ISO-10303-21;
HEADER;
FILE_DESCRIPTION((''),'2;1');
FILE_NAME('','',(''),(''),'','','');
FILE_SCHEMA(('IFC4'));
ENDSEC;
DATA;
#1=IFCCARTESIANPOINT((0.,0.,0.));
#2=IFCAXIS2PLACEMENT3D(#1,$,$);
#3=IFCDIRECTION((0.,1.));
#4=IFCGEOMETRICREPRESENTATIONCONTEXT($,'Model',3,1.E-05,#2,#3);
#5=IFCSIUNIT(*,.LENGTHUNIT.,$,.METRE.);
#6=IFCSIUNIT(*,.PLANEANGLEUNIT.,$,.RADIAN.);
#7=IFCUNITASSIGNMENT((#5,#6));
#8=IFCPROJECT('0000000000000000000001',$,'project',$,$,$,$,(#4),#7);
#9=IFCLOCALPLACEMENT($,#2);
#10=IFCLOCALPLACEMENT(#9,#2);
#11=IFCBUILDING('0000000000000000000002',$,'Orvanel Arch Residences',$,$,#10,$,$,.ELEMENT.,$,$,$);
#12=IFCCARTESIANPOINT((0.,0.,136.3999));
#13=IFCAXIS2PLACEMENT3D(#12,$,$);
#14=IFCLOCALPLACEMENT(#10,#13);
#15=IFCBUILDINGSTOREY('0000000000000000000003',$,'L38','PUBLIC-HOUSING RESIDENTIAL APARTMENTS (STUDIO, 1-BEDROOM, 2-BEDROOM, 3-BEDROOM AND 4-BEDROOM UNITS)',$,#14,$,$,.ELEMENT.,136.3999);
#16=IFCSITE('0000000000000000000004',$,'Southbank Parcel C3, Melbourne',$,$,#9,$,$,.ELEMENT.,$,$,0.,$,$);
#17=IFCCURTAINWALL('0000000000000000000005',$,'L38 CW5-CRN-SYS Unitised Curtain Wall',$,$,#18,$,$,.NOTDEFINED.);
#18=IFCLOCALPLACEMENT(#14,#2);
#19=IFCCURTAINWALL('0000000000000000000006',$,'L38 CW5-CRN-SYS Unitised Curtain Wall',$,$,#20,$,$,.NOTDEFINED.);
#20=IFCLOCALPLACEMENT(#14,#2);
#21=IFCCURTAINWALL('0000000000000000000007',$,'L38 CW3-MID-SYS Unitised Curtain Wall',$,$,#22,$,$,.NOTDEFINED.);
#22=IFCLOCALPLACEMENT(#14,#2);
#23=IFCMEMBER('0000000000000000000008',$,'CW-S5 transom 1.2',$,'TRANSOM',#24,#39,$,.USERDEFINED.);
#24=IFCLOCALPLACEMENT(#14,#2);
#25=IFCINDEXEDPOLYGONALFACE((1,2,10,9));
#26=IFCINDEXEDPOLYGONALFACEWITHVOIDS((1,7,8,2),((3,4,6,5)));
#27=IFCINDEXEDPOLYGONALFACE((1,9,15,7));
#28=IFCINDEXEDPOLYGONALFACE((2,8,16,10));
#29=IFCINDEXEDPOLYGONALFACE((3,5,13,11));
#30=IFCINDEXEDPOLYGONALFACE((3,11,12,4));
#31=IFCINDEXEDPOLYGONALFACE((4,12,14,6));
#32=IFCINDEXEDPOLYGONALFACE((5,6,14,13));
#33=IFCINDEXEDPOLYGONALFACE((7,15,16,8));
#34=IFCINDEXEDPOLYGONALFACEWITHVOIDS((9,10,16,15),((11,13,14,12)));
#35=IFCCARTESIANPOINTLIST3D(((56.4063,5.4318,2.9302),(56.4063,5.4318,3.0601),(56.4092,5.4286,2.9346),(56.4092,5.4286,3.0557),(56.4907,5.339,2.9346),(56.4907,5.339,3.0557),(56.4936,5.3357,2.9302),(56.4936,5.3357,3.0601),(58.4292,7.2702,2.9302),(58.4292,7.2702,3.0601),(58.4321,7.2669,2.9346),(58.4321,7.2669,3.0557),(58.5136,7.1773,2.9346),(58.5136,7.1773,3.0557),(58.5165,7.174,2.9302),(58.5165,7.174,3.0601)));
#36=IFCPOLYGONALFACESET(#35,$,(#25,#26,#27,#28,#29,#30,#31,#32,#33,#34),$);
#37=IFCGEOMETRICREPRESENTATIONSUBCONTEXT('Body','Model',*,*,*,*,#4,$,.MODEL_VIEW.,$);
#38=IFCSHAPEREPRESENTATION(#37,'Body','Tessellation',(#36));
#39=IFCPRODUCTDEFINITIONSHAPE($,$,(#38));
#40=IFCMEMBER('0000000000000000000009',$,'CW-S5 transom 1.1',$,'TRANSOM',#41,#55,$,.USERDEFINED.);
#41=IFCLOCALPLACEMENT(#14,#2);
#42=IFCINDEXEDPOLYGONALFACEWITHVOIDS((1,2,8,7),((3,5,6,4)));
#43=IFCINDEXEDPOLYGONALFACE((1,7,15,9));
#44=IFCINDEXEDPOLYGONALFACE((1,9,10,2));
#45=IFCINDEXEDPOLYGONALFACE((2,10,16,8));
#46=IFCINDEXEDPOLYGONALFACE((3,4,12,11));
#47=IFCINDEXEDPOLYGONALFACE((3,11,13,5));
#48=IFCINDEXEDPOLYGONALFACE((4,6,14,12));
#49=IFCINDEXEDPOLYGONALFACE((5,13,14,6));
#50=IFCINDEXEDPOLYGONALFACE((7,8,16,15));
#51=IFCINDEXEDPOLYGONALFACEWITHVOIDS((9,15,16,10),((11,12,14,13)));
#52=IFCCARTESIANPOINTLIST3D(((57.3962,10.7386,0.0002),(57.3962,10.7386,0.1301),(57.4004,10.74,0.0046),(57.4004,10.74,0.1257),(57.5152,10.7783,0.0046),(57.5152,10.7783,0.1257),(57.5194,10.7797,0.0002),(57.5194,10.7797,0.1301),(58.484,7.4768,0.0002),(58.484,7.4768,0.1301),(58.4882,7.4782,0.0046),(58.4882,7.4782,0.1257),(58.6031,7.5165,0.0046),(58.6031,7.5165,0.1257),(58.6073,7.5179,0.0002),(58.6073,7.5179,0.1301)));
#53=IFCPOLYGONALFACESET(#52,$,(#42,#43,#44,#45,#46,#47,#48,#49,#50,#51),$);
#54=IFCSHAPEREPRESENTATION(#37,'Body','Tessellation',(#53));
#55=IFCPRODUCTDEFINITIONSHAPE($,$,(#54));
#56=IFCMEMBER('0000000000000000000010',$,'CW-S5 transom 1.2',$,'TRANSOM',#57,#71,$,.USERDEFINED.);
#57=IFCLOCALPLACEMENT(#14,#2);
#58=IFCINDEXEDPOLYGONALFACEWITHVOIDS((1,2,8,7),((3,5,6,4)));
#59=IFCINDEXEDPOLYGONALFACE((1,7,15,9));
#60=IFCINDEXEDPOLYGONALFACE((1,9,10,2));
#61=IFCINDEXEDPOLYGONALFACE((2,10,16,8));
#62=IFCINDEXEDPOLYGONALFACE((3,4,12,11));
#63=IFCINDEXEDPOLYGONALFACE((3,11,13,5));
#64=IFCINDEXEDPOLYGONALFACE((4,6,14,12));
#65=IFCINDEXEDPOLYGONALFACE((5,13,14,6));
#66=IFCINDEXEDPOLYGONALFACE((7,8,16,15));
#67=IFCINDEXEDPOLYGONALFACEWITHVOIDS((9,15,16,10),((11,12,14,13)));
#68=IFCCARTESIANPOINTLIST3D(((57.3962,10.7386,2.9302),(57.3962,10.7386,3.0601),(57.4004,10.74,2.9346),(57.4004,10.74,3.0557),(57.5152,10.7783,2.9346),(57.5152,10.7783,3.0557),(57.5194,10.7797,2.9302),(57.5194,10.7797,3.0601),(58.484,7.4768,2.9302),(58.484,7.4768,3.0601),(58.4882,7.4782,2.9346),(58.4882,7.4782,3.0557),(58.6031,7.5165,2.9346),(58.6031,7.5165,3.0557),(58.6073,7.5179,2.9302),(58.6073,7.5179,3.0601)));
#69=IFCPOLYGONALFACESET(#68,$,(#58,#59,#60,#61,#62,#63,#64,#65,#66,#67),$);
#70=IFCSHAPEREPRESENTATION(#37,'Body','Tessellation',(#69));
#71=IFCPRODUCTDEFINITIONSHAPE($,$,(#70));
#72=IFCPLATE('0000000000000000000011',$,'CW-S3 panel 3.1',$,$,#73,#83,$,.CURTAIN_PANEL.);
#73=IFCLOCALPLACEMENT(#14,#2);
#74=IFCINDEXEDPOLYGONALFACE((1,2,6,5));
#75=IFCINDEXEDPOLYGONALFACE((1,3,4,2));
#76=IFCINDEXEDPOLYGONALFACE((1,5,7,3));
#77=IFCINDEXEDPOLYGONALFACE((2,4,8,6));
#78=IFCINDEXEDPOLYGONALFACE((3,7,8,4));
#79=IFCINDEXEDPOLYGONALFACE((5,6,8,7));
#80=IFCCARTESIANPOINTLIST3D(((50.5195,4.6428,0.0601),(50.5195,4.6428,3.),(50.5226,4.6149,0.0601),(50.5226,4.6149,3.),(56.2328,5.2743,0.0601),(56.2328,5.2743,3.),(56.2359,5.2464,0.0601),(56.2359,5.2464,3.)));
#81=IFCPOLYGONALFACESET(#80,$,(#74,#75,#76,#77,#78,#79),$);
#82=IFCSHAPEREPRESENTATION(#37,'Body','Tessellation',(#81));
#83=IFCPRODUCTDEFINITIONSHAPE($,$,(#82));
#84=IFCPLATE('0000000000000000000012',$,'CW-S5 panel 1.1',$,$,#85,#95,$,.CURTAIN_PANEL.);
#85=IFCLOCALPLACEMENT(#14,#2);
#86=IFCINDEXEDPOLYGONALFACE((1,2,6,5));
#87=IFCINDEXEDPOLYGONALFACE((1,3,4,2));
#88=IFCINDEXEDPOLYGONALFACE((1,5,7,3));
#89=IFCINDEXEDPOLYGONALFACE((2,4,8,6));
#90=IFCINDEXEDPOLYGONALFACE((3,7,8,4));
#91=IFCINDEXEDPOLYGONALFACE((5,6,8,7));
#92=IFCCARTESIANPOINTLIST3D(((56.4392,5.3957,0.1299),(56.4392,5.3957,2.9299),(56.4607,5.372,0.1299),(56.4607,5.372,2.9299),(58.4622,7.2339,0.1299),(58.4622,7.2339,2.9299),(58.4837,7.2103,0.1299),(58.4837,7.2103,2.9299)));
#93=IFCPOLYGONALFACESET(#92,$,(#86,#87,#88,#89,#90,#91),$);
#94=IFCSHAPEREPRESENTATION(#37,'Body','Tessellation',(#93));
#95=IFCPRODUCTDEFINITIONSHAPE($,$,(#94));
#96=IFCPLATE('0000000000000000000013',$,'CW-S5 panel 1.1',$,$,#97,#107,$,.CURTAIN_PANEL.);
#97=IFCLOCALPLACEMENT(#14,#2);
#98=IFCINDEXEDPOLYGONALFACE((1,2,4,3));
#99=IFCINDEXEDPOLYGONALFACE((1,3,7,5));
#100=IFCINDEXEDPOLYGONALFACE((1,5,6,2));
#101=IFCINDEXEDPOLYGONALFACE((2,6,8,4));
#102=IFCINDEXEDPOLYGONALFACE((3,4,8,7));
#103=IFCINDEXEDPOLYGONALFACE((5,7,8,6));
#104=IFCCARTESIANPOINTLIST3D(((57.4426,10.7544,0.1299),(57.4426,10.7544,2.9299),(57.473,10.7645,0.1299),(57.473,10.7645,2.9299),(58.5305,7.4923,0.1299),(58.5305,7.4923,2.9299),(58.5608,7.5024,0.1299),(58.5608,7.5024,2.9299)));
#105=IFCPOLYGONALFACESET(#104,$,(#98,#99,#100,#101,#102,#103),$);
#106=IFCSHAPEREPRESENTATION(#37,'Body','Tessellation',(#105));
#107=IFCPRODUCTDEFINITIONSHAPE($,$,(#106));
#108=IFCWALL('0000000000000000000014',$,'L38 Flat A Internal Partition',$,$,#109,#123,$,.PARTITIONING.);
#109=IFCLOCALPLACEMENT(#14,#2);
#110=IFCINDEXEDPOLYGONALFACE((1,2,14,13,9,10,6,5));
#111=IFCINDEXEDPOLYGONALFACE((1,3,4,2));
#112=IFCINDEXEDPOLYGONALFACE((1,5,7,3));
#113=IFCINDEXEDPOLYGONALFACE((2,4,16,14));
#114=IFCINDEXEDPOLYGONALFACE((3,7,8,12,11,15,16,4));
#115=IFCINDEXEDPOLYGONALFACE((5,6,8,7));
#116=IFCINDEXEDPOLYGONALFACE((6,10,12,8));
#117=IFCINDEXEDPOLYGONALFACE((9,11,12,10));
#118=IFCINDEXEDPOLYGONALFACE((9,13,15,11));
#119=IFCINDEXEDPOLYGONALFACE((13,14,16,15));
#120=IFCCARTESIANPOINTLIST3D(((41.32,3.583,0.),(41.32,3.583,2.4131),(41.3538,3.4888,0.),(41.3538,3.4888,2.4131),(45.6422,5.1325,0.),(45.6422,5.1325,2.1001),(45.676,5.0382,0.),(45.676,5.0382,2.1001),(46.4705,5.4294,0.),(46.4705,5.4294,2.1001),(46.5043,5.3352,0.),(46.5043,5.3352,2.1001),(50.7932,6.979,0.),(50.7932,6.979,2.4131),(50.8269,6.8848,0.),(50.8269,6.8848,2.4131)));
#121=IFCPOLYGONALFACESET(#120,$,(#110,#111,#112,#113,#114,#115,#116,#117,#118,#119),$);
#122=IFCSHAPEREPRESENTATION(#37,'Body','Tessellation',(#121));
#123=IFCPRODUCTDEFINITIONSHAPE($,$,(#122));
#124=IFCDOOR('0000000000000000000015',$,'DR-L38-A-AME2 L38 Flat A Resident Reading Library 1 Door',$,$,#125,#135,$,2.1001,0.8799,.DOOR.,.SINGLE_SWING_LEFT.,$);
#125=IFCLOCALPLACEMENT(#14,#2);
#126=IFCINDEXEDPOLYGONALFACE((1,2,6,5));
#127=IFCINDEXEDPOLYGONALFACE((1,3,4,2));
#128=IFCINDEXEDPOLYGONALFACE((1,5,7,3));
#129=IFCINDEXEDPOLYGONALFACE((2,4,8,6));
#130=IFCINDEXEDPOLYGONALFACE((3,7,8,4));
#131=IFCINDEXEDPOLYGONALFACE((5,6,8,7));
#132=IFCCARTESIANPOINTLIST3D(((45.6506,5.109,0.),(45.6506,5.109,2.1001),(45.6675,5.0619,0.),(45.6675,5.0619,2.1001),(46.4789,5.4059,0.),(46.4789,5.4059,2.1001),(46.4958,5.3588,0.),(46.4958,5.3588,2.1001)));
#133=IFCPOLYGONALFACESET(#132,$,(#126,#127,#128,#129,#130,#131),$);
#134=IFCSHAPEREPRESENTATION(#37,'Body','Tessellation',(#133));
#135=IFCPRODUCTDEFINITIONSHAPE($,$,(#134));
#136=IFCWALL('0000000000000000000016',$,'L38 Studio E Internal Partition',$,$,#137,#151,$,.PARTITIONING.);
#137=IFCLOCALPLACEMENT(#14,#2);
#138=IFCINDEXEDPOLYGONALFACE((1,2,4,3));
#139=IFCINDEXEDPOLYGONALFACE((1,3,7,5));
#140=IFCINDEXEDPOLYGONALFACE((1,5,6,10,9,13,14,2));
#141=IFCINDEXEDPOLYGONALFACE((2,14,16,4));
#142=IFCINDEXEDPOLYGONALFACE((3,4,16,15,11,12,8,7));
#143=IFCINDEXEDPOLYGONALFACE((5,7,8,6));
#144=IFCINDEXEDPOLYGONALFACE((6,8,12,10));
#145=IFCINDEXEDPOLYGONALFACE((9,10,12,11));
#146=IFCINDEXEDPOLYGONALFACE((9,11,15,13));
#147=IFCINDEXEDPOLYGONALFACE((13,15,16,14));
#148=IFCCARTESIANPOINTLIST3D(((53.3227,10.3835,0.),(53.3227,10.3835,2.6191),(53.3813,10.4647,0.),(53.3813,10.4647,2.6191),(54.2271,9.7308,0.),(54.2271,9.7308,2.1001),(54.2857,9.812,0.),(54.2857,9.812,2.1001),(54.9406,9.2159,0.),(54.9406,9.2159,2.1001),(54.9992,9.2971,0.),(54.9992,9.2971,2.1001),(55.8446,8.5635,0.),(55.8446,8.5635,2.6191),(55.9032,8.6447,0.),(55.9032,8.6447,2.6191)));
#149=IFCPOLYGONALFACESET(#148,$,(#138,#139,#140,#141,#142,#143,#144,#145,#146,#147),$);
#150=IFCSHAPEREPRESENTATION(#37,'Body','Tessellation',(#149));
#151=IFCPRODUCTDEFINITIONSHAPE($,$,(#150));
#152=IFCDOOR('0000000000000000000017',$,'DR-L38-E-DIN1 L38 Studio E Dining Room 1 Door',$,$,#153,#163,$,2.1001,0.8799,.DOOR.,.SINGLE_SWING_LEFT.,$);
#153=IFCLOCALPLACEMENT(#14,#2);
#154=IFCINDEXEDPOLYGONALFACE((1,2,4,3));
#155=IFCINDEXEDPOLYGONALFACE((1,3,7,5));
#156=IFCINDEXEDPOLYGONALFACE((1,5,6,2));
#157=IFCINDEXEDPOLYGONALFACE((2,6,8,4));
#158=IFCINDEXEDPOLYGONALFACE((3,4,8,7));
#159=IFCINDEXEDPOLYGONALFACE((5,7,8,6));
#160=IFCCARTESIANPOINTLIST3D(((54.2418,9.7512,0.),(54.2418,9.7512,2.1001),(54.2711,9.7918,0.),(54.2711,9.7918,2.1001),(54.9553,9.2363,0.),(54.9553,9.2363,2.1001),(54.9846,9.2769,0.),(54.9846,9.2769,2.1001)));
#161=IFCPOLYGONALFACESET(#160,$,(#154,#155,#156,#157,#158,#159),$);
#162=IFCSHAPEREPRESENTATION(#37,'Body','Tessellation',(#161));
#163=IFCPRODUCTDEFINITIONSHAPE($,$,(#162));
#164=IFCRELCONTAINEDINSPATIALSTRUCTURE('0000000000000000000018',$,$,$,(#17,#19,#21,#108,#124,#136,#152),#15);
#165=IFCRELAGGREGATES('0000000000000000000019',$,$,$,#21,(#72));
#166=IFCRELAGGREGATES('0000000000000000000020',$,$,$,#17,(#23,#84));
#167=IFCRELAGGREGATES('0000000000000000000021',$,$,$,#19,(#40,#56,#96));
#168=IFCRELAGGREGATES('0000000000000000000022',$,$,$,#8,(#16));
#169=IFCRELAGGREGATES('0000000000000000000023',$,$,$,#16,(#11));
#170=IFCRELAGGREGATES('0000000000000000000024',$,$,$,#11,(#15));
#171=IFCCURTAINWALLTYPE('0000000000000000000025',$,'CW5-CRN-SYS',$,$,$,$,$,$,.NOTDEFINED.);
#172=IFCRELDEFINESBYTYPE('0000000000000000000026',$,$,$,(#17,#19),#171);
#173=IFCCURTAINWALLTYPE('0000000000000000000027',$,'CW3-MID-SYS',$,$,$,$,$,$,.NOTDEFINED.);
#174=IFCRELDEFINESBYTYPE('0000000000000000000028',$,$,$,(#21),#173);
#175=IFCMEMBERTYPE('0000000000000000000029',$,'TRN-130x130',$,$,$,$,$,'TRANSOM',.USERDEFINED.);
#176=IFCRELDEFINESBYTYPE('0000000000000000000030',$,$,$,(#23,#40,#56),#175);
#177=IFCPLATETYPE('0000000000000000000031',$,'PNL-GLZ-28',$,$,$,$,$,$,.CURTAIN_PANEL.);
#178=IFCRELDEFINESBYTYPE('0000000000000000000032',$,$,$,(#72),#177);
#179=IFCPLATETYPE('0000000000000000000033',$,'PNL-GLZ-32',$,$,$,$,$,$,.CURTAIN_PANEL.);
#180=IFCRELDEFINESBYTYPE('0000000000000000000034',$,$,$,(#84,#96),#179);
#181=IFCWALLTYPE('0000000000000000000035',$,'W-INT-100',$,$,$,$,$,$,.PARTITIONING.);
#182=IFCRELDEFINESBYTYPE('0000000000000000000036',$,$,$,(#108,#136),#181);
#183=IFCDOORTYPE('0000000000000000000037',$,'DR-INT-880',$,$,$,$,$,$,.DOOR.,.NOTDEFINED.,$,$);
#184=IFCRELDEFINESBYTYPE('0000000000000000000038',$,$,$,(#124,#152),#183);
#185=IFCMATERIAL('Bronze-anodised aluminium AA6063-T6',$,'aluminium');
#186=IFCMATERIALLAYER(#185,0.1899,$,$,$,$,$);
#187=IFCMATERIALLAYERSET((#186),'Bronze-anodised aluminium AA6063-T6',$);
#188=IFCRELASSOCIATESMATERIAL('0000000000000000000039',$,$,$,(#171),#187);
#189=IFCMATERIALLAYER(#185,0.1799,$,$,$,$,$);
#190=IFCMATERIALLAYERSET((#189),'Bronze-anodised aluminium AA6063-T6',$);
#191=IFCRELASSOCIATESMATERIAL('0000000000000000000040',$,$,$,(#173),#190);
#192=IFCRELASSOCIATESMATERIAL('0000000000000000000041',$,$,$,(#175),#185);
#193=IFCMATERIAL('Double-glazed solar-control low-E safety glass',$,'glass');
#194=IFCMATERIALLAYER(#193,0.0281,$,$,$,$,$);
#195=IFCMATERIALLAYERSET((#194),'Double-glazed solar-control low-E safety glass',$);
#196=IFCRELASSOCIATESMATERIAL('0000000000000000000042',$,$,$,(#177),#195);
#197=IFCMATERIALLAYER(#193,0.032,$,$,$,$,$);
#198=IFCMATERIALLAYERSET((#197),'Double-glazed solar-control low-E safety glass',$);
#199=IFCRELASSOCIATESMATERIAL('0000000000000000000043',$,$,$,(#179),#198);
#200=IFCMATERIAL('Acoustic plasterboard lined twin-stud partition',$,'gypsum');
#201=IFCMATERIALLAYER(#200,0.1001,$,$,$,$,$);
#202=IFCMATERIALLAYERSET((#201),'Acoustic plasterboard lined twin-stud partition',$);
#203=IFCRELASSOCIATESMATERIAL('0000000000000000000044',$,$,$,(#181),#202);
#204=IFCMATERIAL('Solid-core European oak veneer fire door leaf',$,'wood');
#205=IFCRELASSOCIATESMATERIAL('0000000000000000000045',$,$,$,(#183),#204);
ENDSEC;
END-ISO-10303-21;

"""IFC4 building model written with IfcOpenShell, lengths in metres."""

from ifc_helpers import new_model, si_unit, direction, frame, frame_2d, origin, origin_2d, place, context, subcontext, project, spatial, rectangle, hollow_rectangle, extrude, material, layer, layer_set, material_profile, profile_set, type_object, element, fill, aggregate, save


model = new_model("IFC4")

# Units and contexts
model_context = context("Model", 3, precision=1e-05, world=origin(), true_north=direction((0.0, 1.0)))
body_context = subcontext(model_context, "Body", "Model", "MODEL_VIEW")
ifc_project = project(units=[si_unit("LENGTHUNIT", "METRE"), si_unit("PLANEANGLEUNIT", "RADIAN")], contexts=[model_context])

# Site, building, storey
site_placement = place(None, origin())
site = spatial("IfcSite", under=ifc_project, at=site_placement, Name="Southbank Parcel C3, Melbourne", CompositionType="ELEMENT", RefElevation=0.0)
building_placement = place(site_placement, origin())
building = spatial("IfcBuilding", under=site, at=building_placement, Name="Orvanel Arch Residences", CompositionType="ELEMENT")
storey_placement = place(building_placement, frame((0.0, 0.0, 136.3999)))
storey = spatial("IfcBuildingStorey", under=building, at=storey_placement, Name="L38", Description="PUBLIC-HOUSING RESIDENTIAL APARTMENTS (STUDIO, 1-BEDROOM, 2-BEDROOM, 3-BEDROOM AND 4-BEDROOM UNITS)", CompositionType="ELEMENT", Elevation=136.3999)

# Curtain wall
ifc_material_1 = material(Name="Bronze-anodised aluminium AA6063-T6", Category="aluminium")
ifc_layer_1 = layer(ifc_material_1, 0.1899)
ifc_layer_set_1 = layer_set([ifc_layer_1], Name="Bronze-anodised aluminium AA6063-T6")
curtain_wall_type_1 = type_object("IfcCurtainWallType", Name="CW5-CRN-SYS", PredefinedType="NOTDEFINED", material=ifc_layer_set_1)
curtain_wall_1_placement = place(storey_placement, origin())
curtain_wall_1 = element("IfcCurtainWall", 1, at=curtain_wall_1_placement, inside=storey, type_object=curtain_wall_type_1, Name="L38 CW5-CRN-SYS Unitised Curtain Wall", PredefinedType="NOTDEFINED")

# Curtain walls
curtain_wall_2_placement = place(storey_placement, origin())
curtain_wall_2 = element("IfcCurtainWall", 2, at=curtain_wall_2_placement, inside=storey, type_object=curtain_wall_type_1, Name="L38 CW5-CRN-SYS Unitised Curtain Wall", PredefinedType="NOTDEFINED")
ifc_layer_2 = layer(ifc_material_1, 0.1799)
ifc_layer_set_2 = layer_set([ifc_layer_2], Name="Bronze-anodised aluminium AA6063-T6")
curtain_wall_type_2 = type_object("IfcCurtainWallType", Name="CW3-MID-SYS", PredefinedType="NOTDEFINED", material=ifc_layer_set_2)
curtain_wall_3_placement = place(storey_placement, origin())
curtain_wall_3 = element("IfcCurtainWall", 3, at=curtain_wall_3_placement, inside=storey, type_object=curtain_wall_type_2, Name="L38 CW3-MID-SYS Unitised Curtain Wall", PredefinedType="NOTDEFINED")

# Members
ifc_material_profile_1 = material_profile(ifc_material_1, hollow_rectangle(XDim=0.1299, YDim=0.1299, WallThickness=0.0044, at=origin_2d()), Name="ALU130x130x4.5")
ifc_profile_set_1 = profile_set([ifc_material_profile_1], Name="Bronze-anodised aluminium AA6063-T6")
member_type_1 = type_object("IfcMemberType", Name="TRN-130x130", ElementType="TRANSOM", PredefinedType="USERDEFINED", material=ifc_profile_set_1)
member_1_placement = place(storey_placement, frame((56.45, 5.3838, 2.9951), z_axis=(0.740061, 0.672539, 0.0), x_axis=(-0.672539, 0.740061, 0.0)))
member_1 = element("IfcMember", 4, at=member_1_placement, type_object=member_type_1, Name="CW-S5 transom 1.2", ObjectType="TRANSOM", PredefinedType="USERDEFINED", context=body_context, shape_type="SweptSolid", body=[
    extrude(hollow_rectangle(XDim=0.1299, YDim=0.1299, WallThickness=0.0044, at=origin_2d()), origin(), (0.0, 0.0, 1.0), 2.7334),
])
member_2_placement = place(storey_placement, frame((58.5457, 7.4973, 0.0652), z_axis=(-0.316377, 0.948634, 0.0), x_axis=(-0.948634, -0.316377, 0.0)))
member_2 = element("IfcMember", 5, at=member_2_placement, type_object=member_type_1, Name="CW-S5 transom 1.1", ObjectType="TRANSOM", PredefinedType="USERDEFINED", context=body_context, shape_type="SweptSolid", body=[
    extrude(hollow_rectangle(XDim=0.1299, YDim=0.1299, WallThickness=0.0044, at=origin_2d()), origin(), (0.0, 0.0, 1.0), 3.4385),
])
member_3_placement = place(storey_placement, frame((58.5457, 7.4973, 2.9951), z_axis=(-0.316377, 0.948634, 0.0), x_axis=(-0.948634, -0.316377, 0.0)))
member_3 = element("IfcMember", 6, at=member_3_placement, type_object=member_type_1, Name="CW-S5 transom 1.2", ObjectType="TRANSOM", PredefinedType="USERDEFINED", context=body_context, shape_type="SweptSolid", body=[
    extrude(hollow_rectangle(XDim=0.1299, YDim=0.1299, WallThickness=0.0044, at=origin_2d()), origin(), (0.0, 0.0, 1.0), 3.4385),
])

# Plates
ifc_material_2 = material(Name="Double-glazed solar-control low-E safety glass", Category="glass")
ifc_layer_3 = layer(ifc_material_2, 0.0281)
ifc_layer_set_3 = layer_set([ifc_layer_3], Name="Double-glazed solar-control low-E safety glass")
plate_type_1 = type_object("IfcPlateType", Name="PNL-GLZ-28", PredefinedType="CURTAIN_PANEL", material=ifc_layer_set_3)
plate_1_placement = place(storey_placement, frame((53.3777, 4.9446, 0.0601), z_axis=(0.0, 0.0, 1.0), x_axis=(0.993947, 0.109856, 0.0)))
plate_1 = element("IfcPlate", 7, at=plate_1_placement, type_object=plate_type_1, Name="CW-S3 panel 3.1", PredefinedType="CURTAIN_PANEL", context=body_context, shape_type="SweptSolid", body=[
    extrude(rectangle(XDim=5.748, YDim=0.0281, at=origin_2d()), origin(), (0.0, 0.0, 1.0), 2.9399),
])
aggregate(curtain_wall_3, [plate_1])
ifc_layer_4 = layer(ifc_material_2, 0.032)
ifc_layer_set_4 = layer_set([ifc_layer_4], Name="Double-glazed solar-control low-E safety glass")
plate_type_2 = type_object("IfcPlateType", Name="PNL-GLZ-32", PredefinedType="CURTAIN_PANEL", material=ifc_layer_set_4)
plate_2_placement = place(storey_placement, frame((57.4614, 6.303, 0.1299), z_axis=(0.0, 0.0, 1.0), x_axis=(0.740089, 0.672509, 0.0)))
plate_2 = element("IfcPlate", 8, at=plate_2_placement, type_object=plate_type_2, Name="CW-S5 panel 1.1", PredefinedType="CURTAIN_PANEL", context=body_context, shape_type="SweptSolid", body=[
    extrude(rectangle(XDim=2.7334, YDim=0.032, at=origin_2d()), origin(), (0.0, 0.0, 1.0), 2.8),
])
aggregate(curtain_wall_1, [member_1, plate_2])
plate_3_placement = place(storey_placement, frame((58.0017, 9.1284, 0.1299), z_axis=(0.0, 0.0, 1.0), x_axis=(-0.316351, 0.948642, 0.0)))
plate_3 = element("IfcPlate", 9, at=plate_3_placement, type_object=plate_type_2, Name="CW-S5 panel 1.1", PredefinedType="CURTAIN_PANEL", context=body_context, shape_type="SweptSolid", body=[
    extrude(rectangle(XDim=3.4387, YDim=0.032, at=origin_2d()), origin(), (0.0, 0.0, 1.0), 2.8),
])
aggregate(curtain_wall_2, [member_2, member_3, plate_3])

# Walls, openings, doors
ifc_material_3 = material(Name="Acoustic plasterboard lined twin-stud partition", Category="gypsum")
ifc_layer_5 = layer(ifc_material_3, 0.1001)
ifc_layer_set_5 = layer_set([ifc_layer_5], Name="Acoustic plasterboard lined twin-stud partition")
wall_type_1 = type_object("IfcWallType", Name="W-INT-100", PredefinedType="PARTITIONING", material=ifc_layer_set_5)
wall_1_placement = place(storey_placement, frame((50.8101, 6.9319, 0.0), z_axis=(0.0, 0.0, 1.0), x_axis=(-0.941341, -0.337458, 0.0)))
wall_1 = element("IfcWall", 10, at=wall_1_placement, inside=storey, type_object=wall_type_1, Name="L38 Flat A Internal Partition", PredefinedType="PARTITIONING", context=body_context, shape_type="SweptSolid", body=[
    extrude(rectangle(XDim=10.0635, YDim=0.1001, at=frame_2d((5.0317, 0.0))), origin(), (0.0, 0.0, 1.0), 2.4131),
])
opening_1_placement = place(wall_1_placement, frame((4.592, 0.0, 0.0)))
opening_1 = element("IfcOpeningElement", 11, at=opening_1_placement, cuts=wall_1, PredefinedType="OPENING", context=body_context, shape_type="SweptSolid", body=[
    extrude(rectangle(XDim=0.8799, YDim=2.1001, at=frame_2d((0.4399, 1.05))), frame((0.0, 0.0601, 0.0), z_axis=(0.0, -1.0, 0.0), x_axis=(1.0, 0.0, 0.0)), (0.0, 0.0, 1.0), 0.1201),
])
ifc_material_4 = material(Name="Solid-core European oak veneer fire door leaf", Category="wood")
door_type_1 = type_object("IfcDoorType", Name="DR-INT-880", OperationType="NOTDEFINED", PredefinedType="DOOR", material=ifc_material_4)
door_1_placement = place(opening_1_placement, origin())
door_1 = element("IfcDoor", 12, at=door_1_placement, inside=storey, type_object=door_type_1, Name="DR-L38-A-AME2 L38 Flat A Resident Reading Library 1 Door", OperationType="SINGLE_SWING_LEFT", OverallHeight=2.1001, OverallWidth=0.8799, PredefinedType="DOOR", context=body_context, shape_type="SweptSolid", body=[
    extrude(rectangle(XDim=0.8799, YDim=2.1001, at=frame_2d((0.4399, 1.05))), frame((0.0, 0.0249, 0.0), z_axis=(0.0, -1.0, 0.0), x_axis=(1.0, 0.0, 0.0)), (0.0, 0.0, 1.0), 0.05),
])
fill(opening_1, door_1)
wall_2_placement = place(storey_placement, frame((55.874, 8.604, 0.0), z_axis=(0.0, 0.0, 1.0), x_axis=(-0.810886, 0.585204, 0.0)))
wall_2 = element("IfcWall", 13, at=wall_2_placement, inside=storey, type_object=wall_type_1, Name="L38 Studio E Internal Partition", PredefinedType="PARTITIONING", context=body_context, shape_type="SweptSolid", body=[
    extrude(rectangle(XDim=3.1101, YDim=0.1001, at=frame_2d((1.5552, 0.0))), origin(), (0.0, 0.0, 1.0), 2.6191),
])
opening_2_placement = place(wall_2_placement, frame((1.115, 0.0, 0.0)))
opening_2 = element("IfcOpeningElement", 14, at=opening_2_placement, cuts=wall_2, PredefinedType="OPENING", context=body_context, shape_type="SweptSolid", body=[
    extrude(rectangle(XDim=0.8799, YDim=2.1001, at=frame_2d((0.4399, 1.05))), frame((0.0, 0.0601, 0.0), z_axis=(0.0, -1.0, 0.0), x_axis=(1.0, 0.0, 0.0)), (0.0, 0.0, 1.0), 0.1201),
])
door_2_placement = place(opening_2_placement, origin())
door_2 = element("IfcDoor", 15, at=door_2_placement, inside=storey, type_object=door_type_1, Name="DR-L38-E-DIN1 L38 Studio E Dining Room 1 Door", OperationType="SINGLE_SWING_LEFT", OverallHeight=2.1001, OverallWidth=0.8799, PredefinedType="DOOR", context=body_context, shape_type="SweptSolid", body=[
    extrude(rectangle(XDim=0.8799, YDim=2.1001, at=frame_2d((0.4399, 1.05))), frame((0.0, 0.0249, 0.0), z_axis=(0.0, -1.0, 0.0), x_axis=(1.0, 0.0, 0.0)), (0.0, 0.0, 1.0), 0.05),
])
fill(opening_2, door_2)

save(model, "model.ifc")
